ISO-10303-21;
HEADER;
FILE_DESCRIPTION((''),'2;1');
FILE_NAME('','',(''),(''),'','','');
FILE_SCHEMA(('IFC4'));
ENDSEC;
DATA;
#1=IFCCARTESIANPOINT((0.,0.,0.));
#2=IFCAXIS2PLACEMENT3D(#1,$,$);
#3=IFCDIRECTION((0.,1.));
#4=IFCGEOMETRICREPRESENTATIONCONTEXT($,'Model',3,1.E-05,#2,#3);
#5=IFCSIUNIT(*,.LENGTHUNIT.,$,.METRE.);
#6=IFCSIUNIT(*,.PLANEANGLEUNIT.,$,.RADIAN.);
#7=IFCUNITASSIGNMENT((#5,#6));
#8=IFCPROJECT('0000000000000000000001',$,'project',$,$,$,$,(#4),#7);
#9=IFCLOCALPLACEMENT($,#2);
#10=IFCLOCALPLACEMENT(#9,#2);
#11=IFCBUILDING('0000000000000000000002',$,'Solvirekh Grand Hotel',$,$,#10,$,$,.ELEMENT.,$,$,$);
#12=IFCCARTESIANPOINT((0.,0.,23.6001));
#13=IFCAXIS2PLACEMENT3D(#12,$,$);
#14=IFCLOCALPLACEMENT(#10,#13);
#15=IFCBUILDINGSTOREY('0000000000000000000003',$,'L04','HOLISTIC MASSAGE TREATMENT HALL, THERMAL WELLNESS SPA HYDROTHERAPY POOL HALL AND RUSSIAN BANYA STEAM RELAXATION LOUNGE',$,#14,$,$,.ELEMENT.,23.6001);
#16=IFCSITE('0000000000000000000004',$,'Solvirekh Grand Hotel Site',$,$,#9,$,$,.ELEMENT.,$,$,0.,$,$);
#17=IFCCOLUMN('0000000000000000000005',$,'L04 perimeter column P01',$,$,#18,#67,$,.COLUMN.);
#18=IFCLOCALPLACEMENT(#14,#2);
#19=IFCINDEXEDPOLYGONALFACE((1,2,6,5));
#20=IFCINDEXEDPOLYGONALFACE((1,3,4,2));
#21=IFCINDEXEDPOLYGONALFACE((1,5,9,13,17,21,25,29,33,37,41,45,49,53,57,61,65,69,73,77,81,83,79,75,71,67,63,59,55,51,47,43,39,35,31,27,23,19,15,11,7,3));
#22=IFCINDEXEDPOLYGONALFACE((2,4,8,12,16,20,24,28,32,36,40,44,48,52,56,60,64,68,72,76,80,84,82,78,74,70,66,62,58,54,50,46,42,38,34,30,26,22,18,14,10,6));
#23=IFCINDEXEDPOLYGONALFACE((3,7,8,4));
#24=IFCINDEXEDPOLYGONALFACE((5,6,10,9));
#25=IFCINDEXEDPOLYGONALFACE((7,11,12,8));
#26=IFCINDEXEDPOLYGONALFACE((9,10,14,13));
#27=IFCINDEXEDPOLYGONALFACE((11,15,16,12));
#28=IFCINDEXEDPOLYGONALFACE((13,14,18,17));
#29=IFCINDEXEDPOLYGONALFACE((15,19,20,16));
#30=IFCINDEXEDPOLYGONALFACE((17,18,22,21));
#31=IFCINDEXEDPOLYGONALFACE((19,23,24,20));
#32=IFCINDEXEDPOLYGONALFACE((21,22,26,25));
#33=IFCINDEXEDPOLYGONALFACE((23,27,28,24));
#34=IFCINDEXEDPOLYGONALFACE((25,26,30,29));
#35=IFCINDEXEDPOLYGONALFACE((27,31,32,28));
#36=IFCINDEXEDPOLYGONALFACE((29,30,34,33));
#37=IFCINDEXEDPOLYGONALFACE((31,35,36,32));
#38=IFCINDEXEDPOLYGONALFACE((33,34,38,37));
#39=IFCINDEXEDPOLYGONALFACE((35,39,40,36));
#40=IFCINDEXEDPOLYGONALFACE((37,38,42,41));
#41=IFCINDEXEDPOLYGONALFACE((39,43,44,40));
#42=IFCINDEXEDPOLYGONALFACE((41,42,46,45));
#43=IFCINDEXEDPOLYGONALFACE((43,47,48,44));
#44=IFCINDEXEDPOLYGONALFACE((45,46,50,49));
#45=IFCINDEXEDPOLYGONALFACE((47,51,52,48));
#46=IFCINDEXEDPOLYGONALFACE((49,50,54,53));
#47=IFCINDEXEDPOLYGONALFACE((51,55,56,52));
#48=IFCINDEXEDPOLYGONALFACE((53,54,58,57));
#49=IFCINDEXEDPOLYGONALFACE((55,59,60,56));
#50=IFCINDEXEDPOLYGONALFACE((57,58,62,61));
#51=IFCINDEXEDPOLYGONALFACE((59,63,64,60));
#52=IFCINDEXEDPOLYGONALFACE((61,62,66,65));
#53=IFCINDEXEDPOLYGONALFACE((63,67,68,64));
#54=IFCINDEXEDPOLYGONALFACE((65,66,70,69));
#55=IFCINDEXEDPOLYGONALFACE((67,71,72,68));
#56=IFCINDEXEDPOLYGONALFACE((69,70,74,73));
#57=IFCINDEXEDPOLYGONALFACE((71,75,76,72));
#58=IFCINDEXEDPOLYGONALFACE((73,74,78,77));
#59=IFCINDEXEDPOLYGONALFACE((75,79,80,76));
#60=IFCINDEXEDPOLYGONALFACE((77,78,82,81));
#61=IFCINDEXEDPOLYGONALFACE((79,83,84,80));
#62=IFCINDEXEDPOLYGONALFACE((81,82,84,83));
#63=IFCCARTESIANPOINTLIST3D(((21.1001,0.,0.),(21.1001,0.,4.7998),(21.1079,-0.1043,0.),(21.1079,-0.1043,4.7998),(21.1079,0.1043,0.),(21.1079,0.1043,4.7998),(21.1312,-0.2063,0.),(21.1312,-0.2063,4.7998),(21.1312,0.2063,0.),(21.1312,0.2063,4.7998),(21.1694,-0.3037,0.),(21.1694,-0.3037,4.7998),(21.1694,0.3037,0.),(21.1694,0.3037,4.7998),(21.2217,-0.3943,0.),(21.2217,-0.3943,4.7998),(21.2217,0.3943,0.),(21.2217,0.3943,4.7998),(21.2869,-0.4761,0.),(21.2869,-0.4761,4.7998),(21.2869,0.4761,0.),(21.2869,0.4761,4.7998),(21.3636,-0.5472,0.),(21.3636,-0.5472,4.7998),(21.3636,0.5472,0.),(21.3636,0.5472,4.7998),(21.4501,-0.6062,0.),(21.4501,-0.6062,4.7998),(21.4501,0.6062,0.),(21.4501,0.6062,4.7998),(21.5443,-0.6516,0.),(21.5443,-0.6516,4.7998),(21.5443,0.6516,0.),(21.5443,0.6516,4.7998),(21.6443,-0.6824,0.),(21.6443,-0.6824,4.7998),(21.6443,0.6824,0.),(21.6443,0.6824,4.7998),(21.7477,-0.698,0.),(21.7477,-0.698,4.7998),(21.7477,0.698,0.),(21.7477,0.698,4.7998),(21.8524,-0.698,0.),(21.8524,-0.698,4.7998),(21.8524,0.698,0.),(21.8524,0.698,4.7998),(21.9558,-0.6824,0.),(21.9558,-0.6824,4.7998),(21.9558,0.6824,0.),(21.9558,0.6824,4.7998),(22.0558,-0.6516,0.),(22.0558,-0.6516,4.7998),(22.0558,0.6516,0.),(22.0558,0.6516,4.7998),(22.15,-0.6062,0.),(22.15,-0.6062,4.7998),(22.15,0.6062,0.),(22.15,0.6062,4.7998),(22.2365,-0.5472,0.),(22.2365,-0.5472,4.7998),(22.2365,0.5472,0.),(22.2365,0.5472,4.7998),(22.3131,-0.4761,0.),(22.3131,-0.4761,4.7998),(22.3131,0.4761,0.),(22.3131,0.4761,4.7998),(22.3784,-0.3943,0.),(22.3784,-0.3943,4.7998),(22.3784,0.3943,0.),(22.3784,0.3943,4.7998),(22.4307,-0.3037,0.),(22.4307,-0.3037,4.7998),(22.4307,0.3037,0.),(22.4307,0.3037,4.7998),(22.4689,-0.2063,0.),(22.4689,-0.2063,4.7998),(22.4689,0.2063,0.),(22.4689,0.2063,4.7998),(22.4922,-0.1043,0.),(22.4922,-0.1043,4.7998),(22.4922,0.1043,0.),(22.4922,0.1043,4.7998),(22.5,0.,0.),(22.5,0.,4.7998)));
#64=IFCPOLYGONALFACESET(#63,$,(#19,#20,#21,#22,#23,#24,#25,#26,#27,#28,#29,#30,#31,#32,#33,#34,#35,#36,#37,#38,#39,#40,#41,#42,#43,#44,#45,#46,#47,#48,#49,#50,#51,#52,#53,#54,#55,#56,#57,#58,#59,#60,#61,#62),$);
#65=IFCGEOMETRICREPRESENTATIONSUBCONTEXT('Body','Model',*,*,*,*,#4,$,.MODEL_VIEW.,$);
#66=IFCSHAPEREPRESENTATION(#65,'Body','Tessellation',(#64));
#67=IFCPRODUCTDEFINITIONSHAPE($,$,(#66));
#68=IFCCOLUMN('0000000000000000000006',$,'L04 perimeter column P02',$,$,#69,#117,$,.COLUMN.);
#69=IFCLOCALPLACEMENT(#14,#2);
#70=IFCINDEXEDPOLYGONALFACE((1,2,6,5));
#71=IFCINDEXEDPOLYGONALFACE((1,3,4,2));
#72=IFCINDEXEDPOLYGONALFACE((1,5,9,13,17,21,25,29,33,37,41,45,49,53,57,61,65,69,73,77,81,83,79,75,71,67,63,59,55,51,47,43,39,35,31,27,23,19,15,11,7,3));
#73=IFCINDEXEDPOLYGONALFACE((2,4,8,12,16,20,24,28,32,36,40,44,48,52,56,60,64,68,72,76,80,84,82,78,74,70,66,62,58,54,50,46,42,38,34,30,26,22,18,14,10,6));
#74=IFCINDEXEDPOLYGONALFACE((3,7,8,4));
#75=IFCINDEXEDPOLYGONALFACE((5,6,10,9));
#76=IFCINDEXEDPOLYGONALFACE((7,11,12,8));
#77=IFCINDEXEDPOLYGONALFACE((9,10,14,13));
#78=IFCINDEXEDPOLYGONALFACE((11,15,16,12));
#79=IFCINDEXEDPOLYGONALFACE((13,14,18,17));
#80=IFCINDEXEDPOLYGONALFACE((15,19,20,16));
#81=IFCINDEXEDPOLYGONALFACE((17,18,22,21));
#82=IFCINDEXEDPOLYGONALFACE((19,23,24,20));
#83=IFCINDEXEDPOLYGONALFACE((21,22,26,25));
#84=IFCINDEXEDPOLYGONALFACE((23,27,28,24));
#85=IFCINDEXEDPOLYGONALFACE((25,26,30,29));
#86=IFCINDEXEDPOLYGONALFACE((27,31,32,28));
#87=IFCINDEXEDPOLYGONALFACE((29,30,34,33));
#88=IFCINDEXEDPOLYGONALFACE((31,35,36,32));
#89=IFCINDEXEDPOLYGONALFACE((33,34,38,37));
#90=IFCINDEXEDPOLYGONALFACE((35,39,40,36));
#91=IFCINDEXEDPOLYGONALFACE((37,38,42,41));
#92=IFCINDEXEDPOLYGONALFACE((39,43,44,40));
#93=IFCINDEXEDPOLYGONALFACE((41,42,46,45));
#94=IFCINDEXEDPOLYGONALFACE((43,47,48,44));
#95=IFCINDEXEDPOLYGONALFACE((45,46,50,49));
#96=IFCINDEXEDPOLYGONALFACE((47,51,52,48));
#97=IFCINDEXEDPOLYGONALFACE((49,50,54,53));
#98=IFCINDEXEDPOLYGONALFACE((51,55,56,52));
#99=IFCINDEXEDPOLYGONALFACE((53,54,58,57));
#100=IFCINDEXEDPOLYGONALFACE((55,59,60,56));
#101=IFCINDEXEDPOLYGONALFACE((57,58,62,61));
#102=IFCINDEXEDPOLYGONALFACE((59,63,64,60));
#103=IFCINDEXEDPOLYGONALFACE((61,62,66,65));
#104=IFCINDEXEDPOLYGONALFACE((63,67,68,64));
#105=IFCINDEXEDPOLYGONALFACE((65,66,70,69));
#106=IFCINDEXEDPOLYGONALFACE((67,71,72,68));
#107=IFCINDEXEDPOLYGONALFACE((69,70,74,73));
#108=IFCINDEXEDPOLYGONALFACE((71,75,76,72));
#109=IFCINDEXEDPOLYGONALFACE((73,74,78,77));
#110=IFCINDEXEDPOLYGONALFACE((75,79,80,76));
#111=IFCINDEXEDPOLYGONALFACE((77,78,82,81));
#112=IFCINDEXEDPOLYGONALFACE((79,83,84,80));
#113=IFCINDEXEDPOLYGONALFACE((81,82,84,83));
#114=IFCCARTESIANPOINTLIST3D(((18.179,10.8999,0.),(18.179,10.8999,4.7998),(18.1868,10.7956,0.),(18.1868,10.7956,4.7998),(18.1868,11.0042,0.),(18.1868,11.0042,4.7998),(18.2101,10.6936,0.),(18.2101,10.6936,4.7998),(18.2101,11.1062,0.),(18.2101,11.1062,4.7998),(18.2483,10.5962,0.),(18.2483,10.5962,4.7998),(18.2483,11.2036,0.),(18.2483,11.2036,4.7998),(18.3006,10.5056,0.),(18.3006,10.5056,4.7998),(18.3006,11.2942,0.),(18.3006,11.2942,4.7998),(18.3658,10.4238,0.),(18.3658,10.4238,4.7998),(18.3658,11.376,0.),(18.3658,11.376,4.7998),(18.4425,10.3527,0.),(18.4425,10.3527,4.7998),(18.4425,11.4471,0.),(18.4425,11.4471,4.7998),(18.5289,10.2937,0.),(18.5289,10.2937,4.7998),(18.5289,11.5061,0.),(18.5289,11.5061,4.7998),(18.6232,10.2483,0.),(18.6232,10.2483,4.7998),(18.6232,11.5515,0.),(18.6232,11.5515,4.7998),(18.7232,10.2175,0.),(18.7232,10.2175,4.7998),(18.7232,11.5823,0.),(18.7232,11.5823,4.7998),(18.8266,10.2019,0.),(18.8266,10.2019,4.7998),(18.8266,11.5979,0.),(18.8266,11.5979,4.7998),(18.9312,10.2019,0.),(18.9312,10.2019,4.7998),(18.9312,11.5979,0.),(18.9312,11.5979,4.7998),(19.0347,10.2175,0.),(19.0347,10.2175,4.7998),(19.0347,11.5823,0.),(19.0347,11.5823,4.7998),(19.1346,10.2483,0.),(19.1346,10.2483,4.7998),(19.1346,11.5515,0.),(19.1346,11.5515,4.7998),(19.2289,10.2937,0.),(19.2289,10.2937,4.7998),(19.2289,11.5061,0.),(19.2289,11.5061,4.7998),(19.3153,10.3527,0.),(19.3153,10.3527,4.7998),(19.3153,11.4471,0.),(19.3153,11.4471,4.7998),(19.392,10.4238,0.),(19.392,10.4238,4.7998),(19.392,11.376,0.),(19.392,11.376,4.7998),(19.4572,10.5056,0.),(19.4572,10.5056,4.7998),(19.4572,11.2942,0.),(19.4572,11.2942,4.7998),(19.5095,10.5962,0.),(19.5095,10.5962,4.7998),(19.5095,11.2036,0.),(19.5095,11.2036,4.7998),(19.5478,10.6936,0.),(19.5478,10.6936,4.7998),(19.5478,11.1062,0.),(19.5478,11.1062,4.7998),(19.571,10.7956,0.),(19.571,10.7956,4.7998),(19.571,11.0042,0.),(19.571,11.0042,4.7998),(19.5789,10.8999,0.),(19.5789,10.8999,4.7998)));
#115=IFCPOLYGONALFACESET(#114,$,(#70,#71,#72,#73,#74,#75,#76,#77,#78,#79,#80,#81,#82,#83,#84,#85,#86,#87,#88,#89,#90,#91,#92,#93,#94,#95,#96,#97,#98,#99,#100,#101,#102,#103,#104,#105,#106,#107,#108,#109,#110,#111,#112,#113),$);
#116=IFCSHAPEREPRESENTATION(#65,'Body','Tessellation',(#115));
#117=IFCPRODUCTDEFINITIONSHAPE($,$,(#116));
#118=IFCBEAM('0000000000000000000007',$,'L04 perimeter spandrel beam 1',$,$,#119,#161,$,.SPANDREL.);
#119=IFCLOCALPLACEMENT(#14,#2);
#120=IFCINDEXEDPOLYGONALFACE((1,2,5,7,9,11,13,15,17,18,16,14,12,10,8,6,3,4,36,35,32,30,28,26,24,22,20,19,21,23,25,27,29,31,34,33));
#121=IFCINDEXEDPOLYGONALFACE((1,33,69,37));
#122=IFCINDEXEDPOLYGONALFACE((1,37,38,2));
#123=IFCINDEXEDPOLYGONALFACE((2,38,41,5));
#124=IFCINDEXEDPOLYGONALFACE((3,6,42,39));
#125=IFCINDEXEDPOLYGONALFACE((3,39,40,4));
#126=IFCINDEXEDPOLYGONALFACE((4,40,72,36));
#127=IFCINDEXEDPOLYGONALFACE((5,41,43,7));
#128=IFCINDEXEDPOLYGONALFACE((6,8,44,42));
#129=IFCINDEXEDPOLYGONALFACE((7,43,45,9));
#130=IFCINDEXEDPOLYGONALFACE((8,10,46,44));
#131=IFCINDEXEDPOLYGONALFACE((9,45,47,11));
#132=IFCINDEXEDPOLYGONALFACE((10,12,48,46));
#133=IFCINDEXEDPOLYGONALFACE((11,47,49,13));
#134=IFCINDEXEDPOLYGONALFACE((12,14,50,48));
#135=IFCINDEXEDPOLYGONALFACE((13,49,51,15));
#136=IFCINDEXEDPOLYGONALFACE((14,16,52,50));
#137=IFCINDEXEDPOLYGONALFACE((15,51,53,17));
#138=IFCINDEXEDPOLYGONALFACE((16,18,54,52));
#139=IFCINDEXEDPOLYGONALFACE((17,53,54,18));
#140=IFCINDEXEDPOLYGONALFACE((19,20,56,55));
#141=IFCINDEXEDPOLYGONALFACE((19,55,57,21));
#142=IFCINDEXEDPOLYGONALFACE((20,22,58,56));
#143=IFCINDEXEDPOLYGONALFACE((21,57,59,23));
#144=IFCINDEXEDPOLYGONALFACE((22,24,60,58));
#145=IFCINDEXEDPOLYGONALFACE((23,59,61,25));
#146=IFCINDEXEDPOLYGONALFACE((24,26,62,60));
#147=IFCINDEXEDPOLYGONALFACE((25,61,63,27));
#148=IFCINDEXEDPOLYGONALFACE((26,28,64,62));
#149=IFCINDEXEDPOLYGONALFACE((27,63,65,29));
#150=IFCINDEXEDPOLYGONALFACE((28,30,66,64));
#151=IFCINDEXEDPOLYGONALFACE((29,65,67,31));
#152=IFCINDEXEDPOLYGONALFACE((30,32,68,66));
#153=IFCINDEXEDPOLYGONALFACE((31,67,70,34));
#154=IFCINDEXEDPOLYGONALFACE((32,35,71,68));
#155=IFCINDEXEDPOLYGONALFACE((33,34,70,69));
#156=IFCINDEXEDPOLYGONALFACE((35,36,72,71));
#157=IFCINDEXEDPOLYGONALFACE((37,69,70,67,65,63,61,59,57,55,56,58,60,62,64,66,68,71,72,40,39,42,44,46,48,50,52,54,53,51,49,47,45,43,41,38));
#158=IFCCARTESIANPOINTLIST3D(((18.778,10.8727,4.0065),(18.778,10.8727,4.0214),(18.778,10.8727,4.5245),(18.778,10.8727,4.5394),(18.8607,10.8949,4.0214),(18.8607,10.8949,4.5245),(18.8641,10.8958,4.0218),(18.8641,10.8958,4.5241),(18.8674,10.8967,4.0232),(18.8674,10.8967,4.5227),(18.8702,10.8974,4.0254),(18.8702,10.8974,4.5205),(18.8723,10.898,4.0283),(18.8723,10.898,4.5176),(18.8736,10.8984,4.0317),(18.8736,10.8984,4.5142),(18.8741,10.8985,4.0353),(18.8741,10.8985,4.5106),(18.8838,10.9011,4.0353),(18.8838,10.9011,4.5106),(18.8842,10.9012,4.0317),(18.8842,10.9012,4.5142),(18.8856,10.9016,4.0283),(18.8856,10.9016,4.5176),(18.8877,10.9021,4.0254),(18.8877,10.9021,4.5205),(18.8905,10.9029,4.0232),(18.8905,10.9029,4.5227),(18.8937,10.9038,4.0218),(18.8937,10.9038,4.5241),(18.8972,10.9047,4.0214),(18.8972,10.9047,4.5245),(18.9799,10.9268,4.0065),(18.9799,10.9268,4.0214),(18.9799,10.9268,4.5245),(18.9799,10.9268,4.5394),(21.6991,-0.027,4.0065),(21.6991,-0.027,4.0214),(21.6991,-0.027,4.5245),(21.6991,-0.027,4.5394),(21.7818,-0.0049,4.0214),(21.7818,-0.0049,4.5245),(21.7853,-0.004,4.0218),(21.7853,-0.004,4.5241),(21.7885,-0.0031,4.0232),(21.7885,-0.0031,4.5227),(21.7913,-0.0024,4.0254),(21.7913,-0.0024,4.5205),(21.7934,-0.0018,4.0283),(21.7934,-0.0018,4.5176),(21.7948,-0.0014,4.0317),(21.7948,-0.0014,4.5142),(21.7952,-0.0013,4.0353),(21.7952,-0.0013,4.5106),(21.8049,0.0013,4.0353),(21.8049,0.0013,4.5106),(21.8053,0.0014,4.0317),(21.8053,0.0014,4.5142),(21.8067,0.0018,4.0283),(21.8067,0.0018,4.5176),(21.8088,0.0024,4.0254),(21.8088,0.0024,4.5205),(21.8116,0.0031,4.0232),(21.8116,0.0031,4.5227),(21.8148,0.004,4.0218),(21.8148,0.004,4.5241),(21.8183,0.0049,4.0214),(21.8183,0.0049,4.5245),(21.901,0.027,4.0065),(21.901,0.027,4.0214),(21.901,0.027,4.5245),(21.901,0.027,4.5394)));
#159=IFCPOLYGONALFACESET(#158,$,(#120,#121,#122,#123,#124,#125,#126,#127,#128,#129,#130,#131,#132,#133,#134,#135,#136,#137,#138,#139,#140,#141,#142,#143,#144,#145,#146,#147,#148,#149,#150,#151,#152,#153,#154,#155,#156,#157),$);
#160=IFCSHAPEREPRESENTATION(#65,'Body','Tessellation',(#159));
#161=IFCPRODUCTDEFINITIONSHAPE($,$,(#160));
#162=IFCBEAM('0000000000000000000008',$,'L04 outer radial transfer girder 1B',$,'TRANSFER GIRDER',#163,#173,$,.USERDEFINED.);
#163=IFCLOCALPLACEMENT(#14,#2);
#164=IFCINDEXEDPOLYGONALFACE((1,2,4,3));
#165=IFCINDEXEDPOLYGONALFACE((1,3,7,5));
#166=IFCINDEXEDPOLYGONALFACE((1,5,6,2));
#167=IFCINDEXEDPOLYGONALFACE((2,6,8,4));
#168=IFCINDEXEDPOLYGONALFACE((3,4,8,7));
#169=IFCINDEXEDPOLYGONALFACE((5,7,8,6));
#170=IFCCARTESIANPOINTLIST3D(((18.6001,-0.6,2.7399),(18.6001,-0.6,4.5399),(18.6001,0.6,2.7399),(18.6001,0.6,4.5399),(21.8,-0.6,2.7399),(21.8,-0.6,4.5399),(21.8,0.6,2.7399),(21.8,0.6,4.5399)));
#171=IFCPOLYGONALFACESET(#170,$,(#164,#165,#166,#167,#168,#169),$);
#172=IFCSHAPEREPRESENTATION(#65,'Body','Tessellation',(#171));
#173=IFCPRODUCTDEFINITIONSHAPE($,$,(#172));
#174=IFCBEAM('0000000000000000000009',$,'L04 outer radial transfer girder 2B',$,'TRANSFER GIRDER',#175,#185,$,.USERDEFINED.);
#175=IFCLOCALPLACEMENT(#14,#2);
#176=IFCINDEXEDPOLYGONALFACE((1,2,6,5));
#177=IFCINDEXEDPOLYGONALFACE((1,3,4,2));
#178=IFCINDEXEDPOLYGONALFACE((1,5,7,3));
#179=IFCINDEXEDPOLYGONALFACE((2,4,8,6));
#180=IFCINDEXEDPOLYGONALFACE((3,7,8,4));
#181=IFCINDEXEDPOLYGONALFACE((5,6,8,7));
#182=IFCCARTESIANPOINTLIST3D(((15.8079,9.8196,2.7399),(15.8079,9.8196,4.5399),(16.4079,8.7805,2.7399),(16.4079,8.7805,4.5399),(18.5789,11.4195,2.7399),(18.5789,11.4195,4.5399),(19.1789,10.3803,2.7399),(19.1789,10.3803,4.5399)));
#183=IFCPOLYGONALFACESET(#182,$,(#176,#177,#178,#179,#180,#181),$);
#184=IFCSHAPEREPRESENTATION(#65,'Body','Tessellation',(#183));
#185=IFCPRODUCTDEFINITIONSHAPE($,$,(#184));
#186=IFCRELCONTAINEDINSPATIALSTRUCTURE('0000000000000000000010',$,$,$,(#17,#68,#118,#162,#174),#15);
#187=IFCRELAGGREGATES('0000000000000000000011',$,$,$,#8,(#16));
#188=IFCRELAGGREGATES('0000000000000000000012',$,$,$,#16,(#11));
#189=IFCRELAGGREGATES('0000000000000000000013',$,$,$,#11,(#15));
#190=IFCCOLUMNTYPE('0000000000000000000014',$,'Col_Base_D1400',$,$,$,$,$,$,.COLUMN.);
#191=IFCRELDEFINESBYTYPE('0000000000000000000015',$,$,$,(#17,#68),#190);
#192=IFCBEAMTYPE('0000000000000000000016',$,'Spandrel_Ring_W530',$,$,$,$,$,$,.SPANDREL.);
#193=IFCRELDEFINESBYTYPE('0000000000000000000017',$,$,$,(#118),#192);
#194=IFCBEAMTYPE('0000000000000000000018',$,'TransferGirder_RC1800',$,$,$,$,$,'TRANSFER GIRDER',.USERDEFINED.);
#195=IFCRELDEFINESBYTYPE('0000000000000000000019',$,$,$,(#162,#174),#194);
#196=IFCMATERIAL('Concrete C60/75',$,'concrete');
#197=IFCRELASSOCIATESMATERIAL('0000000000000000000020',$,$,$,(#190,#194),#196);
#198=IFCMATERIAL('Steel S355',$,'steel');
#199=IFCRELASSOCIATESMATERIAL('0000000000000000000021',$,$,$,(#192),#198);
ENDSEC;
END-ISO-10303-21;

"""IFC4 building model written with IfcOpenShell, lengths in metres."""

from ifc_helpers import new_model, si_unit, direction, frame, origin, origin_2d, place, context, subcontext, project, spatial, rectangle, circle, i_section, extrude, material, material_profile, profile_set, type_object, element, save


model = new_model("IFC4")

# Units and contexts
model_context = context("Model", 3, precision=1e-05, world=origin(), true_north=direction((0.0, 1.0)))
body_context = subcontext(model_context, "Body", "Model", "MODEL_VIEW")
ifc_project = project(units=[si_unit("LENGTHUNIT", "METRE"), si_unit("PLANEANGLEUNIT", "RADIAN")], contexts=[model_context])

# Site, building, storey
site_placement = place(None, origin())
site = spatial("IfcSite", under=ifc_project, at=site_placement, Name="Solvirekh Grand Hotel Site", CompositionType="ELEMENT", RefElevation=0.0)
building_placement = place(site_placement, origin())
building = spatial("IfcBuilding", under=site, at=building_placement, Name="Solvirekh Grand Hotel", CompositionType="ELEMENT")
storey_placement = place(building_placement, frame((0.0, 0.0, 23.6001)))
storey = spatial("IfcBuildingStorey", under=building, at=storey_placement, Name="L04", Description="HOLISTIC MASSAGE TREATMENT HALL, THERMAL WELLNESS SPA HYDROTHERAPY POOL HALL AND RUSSIAN BANYA STEAM RELAXATION LOUNGE", CompositionType="ELEMENT", Elevation=23.6001)

# Columns
ifc_material_1 = material(Name="Concrete C60/75", Category="concrete")
ifc_material_profile_1 = material_profile(ifc_material_1, circle(Radius=0.7, at=origin_2d()), Name="RC CIRC D1400")
ifc_profile_set_1 = profile_set([ifc_material_profile_1], Name="Concrete C60/75")
column_type = type_object("IfcColumnType", Name="Col_Base_D1400", PredefinedType="COLUMN", material=ifc_profile_set_1)
for number, where, z_axis, x_axis, name in (
    (1, (21.8, 0.0, 0.0), (0.0, 0.0, 1.0), (1.0, 0.0, 0.0), "L04 perimeter column P01"),
    (2, (18.8789, 10.8999, 0.0), (0.0, 0.0, 1.0), (1.0, 0.0, 0.0), "L04 perimeter column P02"),
):
    element("IfcColumn", number, at=place(storey_placement, frame(where, z_axis=z_axis, x_axis=x_axis)), inside=storey, type_object=column_type, Name=name, PredefinedType="COLUMN", context=body_context, shape_type="SweptSolid", body=[
        extrude(circle(Radius=0.7, at=origin_2d()), origin(), (0.0, 0.0, 1.0), 4.7998),
    ])

# Beams
ifc_material_2 = material(Name="Steel S355", Category="steel")
ifc_material_profile_2 = material_profile(ifc_material_2, i_section(OverallWidth=0.209, OverallDepth=0.533, WebThickness=0.01, FlangeThickness=0.0149, FilletRadius=0.0139, at=origin_2d()), Name="W530X92")
ifc_profile_set_2 = profile_set([ifc_material_profile_2], Name="Steel S355")
beam_type_1 = type_object("IfcBeamType", Name="Spandrel_Ring_W530", PredefinedType="SPANDREL", material=ifc_profile_set_2)
beam_1_placement = place(storey_placement, frame((21.8, 0.0, 4.2729), z_axis=(-0.258862, 0.965914, 0.0), x_axis=(-0.965914, -0.258862, 0.0)))
element("IfcBeam", 3, at=beam_1_placement, inside=storey, type_object=beam_type_1, Name="L04 perimeter spandrel beam 1", PredefinedType="SPANDREL", context=body_context, shape_type="SweptSolid", body=[
    extrude(i_section(OverallWidth=0.209, OverallDepth=0.533, WebThickness=0.01, FlangeThickness=0.0149, FilletRadius=0.0139, at=origin_2d()), origin(), (0.0, 0.0, 1.0), 11.2844),
])
ifc_material_profile_3 = material_profile(ifc_material_1, rectangle(XDim=1.2, YDim=1.8, at=origin_2d()), Name="RC GIRDER 1200X1800")
ifc_profile_set_3 = profile_set([ifc_material_profile_3], Name="Concrete C60/75")
beam_type_2 = type_object("IfcBeamType", Name="TransferGirder_RC1800", ElementType="TRANSFER GIRDER", PredefinedType="USERDEFINED", material=ifc_profile_set_3)
beam_2_placement = place(storey_placement, frame((18.6001, 0.0, 3.6399), z_axis=(1.0, 0.0, 0.0), x_axis=(0.0, 1.0, 0.0)))
element("IfcBeam", 4, at=beam_2_placement, inside=storey, type_object=beam_type_2, Name="L04 outer radial transfer girder 1B", ObjectType="TRANSFER GIRDER", PredefinedType="USERDEFINED", context=body_context, shape_type="SweptSolid", body=[
    extrude(rectangle(XDim=1.2, YDim=1.8, at=origin_2d()), origin(), (0.0, 0.0, 1.0), 3.2),
])
beam_3_placement = place(storey_placement, frame((16.1079, 9.3, 3.6399), z_axis=(0.866023, 0.500004, 0.0), x_axis=(-0.500004, 0.866023, 0.0)))
element("IfcBeam", 5, at=beam_3_placement, inside=storey, type_object=beam_type_2, Name="L04 outer radial transfer girder 2B", ObjectType="TRANSFER GIRDER", PredefinedType="USERDEFINED", context=body_context, shape_type="SweptSolid", body=[
    extrude(rectangle(XDim=1.2, YDim=1.8, at=origin_2d()), origin(), (0.0, 0.0, 1.0), 3.1997),
])

save(model, "model.ifc")
